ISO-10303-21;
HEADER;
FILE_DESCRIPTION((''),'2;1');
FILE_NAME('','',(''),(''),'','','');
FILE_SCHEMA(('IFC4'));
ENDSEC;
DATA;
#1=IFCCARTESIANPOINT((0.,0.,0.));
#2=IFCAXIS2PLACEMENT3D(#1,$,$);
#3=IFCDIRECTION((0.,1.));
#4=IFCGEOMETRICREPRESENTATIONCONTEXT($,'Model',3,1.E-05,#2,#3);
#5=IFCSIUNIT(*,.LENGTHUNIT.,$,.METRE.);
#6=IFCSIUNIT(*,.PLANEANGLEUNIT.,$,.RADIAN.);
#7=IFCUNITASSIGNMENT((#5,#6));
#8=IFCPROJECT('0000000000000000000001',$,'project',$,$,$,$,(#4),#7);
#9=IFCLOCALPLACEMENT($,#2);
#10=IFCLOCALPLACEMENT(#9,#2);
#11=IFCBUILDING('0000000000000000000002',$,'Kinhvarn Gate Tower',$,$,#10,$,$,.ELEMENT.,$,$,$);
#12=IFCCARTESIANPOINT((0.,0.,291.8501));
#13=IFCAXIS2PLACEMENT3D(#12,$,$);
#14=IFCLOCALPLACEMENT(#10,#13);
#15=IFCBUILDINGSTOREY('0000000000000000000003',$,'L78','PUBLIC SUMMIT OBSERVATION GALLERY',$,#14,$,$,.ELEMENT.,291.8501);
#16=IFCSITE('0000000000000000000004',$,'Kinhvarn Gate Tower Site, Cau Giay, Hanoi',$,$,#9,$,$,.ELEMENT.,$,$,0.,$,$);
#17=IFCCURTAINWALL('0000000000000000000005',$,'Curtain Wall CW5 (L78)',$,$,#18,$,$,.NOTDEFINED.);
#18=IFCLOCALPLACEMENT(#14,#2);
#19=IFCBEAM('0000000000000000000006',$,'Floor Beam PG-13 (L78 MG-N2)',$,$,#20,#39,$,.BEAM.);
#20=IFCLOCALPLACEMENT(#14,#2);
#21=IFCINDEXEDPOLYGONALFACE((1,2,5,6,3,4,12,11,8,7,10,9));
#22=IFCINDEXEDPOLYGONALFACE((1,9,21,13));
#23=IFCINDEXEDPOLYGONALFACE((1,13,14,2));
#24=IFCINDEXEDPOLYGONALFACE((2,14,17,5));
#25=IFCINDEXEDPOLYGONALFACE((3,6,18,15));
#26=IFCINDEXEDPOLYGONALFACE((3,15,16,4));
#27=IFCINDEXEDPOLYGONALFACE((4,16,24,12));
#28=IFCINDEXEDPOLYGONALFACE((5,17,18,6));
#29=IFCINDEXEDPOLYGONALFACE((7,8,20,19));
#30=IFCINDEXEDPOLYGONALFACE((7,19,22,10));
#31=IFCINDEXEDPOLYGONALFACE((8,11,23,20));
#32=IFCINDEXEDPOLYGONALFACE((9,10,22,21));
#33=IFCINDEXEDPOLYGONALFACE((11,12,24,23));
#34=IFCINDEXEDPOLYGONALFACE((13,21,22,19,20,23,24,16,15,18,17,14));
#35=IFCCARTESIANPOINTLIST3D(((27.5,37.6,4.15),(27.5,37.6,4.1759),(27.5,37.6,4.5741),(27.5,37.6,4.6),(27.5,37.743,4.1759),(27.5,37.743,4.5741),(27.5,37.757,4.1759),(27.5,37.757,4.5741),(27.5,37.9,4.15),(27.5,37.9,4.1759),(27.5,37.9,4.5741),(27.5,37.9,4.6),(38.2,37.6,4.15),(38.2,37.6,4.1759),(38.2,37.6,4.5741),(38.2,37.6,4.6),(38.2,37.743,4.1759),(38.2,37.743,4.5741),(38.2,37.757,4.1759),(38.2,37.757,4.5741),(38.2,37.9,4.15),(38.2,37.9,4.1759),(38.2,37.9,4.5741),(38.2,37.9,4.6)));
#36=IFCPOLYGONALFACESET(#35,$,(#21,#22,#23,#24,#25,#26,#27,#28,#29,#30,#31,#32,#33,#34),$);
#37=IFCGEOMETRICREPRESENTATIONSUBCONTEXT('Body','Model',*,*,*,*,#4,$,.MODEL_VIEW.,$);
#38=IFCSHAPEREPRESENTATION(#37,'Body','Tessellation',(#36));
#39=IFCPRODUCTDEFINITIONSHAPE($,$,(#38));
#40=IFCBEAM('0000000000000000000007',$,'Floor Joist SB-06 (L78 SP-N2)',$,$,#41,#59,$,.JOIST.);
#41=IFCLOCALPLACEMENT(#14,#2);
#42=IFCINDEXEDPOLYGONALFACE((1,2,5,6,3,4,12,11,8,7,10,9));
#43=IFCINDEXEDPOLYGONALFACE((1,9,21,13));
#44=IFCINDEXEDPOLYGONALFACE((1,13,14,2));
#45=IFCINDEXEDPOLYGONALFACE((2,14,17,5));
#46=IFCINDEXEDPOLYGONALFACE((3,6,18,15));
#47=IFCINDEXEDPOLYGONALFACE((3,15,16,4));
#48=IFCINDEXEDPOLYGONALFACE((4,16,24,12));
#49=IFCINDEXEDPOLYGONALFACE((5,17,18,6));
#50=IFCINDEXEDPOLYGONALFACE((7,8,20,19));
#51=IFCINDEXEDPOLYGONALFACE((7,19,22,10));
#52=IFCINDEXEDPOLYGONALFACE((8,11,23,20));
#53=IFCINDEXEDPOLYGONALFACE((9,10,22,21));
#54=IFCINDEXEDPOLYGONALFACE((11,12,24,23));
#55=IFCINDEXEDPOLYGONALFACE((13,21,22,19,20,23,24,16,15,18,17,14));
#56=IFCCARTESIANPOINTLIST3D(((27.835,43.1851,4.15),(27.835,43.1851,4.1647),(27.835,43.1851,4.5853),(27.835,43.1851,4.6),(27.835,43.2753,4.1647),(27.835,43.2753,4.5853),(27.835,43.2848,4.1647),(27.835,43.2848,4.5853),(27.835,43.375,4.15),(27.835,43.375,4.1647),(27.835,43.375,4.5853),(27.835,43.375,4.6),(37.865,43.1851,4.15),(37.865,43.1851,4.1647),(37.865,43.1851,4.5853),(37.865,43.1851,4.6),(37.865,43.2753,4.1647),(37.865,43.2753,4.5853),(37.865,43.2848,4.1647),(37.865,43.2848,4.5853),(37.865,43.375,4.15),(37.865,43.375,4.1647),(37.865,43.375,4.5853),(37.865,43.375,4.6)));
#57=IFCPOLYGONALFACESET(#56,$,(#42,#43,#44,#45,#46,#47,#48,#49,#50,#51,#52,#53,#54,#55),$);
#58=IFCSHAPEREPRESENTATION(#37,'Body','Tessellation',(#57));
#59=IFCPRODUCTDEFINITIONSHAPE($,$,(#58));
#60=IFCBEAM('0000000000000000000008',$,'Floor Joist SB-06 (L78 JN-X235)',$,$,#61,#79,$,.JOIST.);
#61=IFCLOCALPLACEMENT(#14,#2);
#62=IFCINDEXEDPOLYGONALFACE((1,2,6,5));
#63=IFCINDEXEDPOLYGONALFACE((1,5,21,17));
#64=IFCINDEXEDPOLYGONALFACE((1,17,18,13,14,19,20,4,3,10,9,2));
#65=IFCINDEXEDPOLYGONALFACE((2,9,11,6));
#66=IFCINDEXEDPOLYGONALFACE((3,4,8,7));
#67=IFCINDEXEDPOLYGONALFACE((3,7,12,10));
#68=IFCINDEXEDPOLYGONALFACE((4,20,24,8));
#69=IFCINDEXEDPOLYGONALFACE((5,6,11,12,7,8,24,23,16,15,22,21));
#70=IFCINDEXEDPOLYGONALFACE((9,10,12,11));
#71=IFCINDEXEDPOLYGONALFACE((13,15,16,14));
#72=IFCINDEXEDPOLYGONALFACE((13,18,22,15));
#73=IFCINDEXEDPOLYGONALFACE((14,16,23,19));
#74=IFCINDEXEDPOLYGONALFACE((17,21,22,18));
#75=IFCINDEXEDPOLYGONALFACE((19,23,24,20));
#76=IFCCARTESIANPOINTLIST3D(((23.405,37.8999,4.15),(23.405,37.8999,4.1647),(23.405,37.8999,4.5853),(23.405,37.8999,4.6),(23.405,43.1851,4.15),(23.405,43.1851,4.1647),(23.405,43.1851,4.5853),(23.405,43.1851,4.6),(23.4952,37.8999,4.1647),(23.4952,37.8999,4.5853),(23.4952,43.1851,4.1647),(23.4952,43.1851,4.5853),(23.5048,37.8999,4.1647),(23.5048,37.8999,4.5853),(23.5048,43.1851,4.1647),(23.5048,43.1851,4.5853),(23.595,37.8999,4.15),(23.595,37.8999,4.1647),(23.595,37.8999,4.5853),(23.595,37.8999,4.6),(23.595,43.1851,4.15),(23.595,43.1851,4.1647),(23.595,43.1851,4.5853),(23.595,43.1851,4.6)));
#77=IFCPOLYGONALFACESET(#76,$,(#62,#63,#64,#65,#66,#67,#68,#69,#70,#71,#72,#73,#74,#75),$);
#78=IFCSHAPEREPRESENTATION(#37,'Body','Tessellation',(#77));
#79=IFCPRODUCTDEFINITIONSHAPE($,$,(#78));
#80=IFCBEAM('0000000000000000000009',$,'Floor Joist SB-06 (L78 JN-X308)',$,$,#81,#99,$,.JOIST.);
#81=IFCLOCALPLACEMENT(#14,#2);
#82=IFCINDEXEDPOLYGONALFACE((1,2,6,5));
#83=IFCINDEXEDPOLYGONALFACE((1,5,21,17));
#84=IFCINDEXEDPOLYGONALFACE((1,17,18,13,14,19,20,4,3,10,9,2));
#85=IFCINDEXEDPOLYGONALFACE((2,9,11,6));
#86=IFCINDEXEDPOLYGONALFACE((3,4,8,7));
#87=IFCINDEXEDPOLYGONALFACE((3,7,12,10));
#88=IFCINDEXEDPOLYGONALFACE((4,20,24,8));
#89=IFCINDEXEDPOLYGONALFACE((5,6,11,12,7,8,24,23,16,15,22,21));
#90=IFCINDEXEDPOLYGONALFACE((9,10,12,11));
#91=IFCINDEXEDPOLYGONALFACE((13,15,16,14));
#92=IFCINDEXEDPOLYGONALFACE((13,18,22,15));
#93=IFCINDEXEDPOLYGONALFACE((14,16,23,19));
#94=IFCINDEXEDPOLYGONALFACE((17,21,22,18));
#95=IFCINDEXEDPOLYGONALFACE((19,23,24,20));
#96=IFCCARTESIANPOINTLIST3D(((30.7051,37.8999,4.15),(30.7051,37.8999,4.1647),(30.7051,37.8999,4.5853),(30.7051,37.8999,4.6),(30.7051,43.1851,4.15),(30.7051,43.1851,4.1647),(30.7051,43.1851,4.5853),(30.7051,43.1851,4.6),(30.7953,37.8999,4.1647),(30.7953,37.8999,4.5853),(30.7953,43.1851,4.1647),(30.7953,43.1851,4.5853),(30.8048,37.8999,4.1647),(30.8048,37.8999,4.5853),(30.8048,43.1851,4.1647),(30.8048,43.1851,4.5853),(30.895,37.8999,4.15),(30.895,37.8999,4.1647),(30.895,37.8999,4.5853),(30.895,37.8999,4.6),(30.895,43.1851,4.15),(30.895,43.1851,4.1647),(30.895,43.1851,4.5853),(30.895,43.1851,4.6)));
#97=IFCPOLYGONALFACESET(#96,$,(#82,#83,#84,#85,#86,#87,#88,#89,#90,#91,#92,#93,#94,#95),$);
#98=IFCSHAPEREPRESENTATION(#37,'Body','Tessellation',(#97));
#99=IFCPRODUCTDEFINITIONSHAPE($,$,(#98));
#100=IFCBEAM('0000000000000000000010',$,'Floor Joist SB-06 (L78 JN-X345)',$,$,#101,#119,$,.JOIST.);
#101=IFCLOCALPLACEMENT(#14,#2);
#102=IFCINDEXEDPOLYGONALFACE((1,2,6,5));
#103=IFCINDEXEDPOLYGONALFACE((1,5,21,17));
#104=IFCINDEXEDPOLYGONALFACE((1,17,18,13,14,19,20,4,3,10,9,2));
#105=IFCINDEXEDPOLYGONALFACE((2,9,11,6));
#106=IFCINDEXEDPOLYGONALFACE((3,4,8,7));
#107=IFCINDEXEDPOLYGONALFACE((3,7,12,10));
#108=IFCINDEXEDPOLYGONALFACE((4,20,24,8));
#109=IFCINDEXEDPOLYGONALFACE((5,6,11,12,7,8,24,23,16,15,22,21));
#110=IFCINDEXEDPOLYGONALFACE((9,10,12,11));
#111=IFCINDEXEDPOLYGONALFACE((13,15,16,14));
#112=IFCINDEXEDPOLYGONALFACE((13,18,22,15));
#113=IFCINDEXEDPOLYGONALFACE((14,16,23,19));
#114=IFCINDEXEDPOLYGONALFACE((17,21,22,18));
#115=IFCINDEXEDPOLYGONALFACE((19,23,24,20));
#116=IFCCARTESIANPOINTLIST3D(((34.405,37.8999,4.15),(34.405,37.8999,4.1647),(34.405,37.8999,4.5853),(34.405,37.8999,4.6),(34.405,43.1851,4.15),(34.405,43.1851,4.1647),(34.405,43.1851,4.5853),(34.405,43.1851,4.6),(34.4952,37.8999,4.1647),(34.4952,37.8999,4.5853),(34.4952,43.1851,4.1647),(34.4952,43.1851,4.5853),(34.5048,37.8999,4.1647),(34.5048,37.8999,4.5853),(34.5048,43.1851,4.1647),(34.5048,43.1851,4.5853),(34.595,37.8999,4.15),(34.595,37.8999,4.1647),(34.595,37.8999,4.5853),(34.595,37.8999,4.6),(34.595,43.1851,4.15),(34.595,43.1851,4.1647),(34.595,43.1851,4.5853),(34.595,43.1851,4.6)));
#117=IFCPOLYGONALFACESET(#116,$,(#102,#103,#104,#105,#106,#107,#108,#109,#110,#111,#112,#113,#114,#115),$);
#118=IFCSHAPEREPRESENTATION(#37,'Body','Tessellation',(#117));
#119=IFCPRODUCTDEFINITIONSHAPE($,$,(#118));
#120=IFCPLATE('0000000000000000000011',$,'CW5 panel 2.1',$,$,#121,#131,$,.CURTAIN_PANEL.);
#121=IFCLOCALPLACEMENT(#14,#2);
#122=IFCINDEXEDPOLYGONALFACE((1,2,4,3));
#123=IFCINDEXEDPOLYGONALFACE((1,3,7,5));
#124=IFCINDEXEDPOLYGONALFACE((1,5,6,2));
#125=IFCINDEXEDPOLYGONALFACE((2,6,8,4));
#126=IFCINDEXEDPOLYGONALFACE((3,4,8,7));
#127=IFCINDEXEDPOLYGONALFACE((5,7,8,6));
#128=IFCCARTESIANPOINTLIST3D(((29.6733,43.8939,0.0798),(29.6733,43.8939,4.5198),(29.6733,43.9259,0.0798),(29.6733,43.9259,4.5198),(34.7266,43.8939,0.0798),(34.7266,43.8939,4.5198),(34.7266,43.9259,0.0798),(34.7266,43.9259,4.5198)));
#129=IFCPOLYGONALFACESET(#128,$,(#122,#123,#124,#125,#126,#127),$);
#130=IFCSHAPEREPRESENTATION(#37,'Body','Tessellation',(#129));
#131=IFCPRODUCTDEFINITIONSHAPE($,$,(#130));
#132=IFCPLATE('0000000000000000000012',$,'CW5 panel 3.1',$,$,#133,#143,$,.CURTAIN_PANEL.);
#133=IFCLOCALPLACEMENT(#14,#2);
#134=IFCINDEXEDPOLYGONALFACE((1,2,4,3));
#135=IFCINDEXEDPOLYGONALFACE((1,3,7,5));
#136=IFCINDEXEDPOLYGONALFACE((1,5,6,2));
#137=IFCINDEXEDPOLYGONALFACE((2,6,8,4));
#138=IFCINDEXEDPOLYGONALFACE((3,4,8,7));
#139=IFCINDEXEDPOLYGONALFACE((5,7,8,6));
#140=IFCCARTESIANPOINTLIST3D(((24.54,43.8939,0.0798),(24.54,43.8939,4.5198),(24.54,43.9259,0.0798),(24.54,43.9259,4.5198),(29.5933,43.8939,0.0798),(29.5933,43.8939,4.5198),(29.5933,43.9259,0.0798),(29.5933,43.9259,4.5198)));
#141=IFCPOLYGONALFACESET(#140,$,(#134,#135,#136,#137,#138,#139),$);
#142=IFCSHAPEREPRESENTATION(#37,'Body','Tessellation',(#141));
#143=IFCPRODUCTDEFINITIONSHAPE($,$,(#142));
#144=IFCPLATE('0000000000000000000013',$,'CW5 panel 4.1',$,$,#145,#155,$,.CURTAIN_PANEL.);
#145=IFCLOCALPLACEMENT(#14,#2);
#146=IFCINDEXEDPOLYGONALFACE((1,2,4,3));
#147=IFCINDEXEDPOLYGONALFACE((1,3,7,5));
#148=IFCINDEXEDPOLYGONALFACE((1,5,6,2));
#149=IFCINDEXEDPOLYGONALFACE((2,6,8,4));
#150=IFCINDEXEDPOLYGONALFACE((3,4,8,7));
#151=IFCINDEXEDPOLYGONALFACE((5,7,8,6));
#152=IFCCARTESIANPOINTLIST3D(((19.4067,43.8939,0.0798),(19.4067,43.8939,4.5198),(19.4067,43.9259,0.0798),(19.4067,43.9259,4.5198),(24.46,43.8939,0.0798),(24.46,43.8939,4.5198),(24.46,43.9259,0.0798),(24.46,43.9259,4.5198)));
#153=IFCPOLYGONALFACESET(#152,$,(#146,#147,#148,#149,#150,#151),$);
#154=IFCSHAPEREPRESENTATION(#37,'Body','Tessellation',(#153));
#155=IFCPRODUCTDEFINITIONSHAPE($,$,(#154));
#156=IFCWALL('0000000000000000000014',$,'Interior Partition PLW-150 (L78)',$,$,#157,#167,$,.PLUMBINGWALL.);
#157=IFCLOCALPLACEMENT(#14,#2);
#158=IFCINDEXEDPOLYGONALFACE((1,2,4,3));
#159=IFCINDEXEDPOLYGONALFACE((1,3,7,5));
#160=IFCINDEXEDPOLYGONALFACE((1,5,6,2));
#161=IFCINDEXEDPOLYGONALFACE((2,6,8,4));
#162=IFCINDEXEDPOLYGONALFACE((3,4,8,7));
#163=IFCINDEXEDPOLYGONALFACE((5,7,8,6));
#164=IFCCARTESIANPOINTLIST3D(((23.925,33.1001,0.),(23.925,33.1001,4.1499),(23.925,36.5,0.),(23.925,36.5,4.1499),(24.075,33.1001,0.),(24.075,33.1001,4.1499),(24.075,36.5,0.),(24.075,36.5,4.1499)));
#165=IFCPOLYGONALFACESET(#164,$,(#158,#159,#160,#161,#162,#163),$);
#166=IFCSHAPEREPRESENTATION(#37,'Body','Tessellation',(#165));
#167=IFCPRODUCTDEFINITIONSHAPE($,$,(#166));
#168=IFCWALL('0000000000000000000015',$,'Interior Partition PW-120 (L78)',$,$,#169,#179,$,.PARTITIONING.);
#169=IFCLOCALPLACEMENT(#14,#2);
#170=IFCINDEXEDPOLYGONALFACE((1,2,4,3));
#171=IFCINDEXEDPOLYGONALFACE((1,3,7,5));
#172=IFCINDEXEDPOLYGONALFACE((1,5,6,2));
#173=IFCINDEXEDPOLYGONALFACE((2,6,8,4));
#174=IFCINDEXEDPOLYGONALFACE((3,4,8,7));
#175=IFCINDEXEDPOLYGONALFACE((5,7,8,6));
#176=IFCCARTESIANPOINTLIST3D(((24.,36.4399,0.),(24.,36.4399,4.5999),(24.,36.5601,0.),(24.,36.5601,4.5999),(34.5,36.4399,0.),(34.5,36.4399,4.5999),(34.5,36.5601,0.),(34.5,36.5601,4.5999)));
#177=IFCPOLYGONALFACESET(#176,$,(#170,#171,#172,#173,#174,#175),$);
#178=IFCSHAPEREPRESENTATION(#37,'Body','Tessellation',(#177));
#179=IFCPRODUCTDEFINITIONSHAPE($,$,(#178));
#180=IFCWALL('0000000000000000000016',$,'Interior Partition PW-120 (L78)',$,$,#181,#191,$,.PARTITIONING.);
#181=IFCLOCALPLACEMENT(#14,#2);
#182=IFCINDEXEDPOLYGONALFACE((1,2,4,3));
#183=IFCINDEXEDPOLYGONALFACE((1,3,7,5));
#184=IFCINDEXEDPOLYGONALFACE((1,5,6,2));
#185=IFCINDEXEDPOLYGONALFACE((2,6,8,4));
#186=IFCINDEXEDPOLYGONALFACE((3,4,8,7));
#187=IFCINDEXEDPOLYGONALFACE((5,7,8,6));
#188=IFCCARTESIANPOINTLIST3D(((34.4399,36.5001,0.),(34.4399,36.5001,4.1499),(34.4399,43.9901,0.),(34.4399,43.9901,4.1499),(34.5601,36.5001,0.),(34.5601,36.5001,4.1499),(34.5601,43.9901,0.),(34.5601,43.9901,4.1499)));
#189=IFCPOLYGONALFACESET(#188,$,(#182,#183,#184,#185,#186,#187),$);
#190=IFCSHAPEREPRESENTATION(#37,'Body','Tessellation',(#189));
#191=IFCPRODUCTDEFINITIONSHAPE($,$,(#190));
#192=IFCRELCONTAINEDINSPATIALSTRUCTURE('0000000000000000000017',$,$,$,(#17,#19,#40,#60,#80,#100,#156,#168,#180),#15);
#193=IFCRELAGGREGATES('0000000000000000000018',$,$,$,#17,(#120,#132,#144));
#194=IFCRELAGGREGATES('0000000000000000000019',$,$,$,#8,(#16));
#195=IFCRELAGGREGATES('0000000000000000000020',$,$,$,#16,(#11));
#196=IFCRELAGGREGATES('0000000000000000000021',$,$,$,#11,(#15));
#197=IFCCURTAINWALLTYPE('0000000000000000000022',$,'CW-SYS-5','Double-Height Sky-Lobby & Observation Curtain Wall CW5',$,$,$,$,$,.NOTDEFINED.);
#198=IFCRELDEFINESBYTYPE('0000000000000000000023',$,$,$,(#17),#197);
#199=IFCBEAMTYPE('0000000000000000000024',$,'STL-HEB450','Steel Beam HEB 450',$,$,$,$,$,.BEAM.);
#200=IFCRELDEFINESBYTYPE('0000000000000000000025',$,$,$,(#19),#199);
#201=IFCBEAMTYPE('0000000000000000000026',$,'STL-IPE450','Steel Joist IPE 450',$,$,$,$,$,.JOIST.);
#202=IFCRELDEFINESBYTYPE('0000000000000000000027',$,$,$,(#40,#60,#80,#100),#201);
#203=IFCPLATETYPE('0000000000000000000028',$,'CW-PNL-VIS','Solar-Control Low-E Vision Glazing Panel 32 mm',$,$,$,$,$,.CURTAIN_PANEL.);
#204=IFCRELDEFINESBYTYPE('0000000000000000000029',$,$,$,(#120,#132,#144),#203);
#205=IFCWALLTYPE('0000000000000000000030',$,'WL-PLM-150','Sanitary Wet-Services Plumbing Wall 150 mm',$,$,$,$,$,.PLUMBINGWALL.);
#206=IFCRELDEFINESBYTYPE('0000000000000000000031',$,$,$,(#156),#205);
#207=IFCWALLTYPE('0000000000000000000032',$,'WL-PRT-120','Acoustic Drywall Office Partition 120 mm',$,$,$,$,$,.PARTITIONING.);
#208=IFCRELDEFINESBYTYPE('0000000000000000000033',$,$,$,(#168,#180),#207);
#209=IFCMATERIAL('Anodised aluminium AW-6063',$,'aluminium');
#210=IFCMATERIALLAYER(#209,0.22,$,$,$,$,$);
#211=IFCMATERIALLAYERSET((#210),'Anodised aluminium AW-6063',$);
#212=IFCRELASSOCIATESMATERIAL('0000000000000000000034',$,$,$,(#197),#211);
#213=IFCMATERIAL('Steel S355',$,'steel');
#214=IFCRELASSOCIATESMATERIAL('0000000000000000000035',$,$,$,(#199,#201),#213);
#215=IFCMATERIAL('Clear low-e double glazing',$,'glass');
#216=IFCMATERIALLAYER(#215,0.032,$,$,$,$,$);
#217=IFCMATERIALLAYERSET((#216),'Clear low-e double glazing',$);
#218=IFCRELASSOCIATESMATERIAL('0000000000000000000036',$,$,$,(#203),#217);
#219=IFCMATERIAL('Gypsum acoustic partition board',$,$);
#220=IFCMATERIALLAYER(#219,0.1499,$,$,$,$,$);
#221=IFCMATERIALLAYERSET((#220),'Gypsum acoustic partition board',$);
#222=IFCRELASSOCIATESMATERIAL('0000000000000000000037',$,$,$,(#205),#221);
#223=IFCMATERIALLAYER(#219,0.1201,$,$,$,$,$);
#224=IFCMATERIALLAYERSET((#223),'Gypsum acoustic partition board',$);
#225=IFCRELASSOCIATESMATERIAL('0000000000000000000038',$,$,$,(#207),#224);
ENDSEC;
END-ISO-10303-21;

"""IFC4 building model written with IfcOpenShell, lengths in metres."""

from ifc_helpers import new_model, si_unit, direction, frame, frame_2d, origin, origin_2d, place, context, subcontext, project, spatial, rectangle, i_section, extrude, material, layer, layer_set, material_profile, profile_set, type_object, element, aggregate, save


model = new_model("IFC4")

# Units and contexts
model_context = context("Model", 3, precision=1e-05, world=origin(), true_north=direction((0.0, 1.0)))
body_context = subcontext(model_context, "Body", "Model", "MODEL_VIEW")
ifc_project = project(units=[si_unit("LENGTHUNIT", "METRE"), si_unit("PLANEANGLEUNIT", "RADIAN")], contexts=[model_context])

# Site, building, storey
site_placement = place(None, origin())
site = spatial("IfcSite", under=ifc_project, at=site_placement, Name="Kinhvarn Gate Tower Site, Cau Giay, Hanoi", CompositionType="ELEMENT", RefElevation=0.0)
building_placement = place(site_placement, origin())
building = spatial("IfcBuilding", under=site, at=building_placement, Name="Kinhvarn Gate Tower", CompositionType="ELEMENT")
storey_placement = place(building_placement, frame((0.0, 0.0, 291.8501)))
storey = spatial("IfcBuildingStorey", under=building, at=storey_placement, Name="L78", Description="PUBLIC SUMMIT OBSERVATION GALLERY", CompositionType="ELEMENT", Elevation=291.8501)

# Curtain wall
ifc_material_1 = material(Name="Anodised aluminium AW-6063", Category="aluminium")
ifc_layer_1 = layer(ifc_material_1, 0.22)
ifc_layer_set_1 = layer_set([ifc_layer_1], Name="Anodised aluminium AW-6063")
curtain_wall_type = type_object("IfcCurtainWallType", Name="CW-SYS-5", Description="Double-Height Sky-Lobby & Observation Curtain Wall CW5", PredefinedType="NOTDEFINED", material=ifc_layer_set_1)
curtain_wall_placement = place(storey_placement, origin())
curtain_wall = element("IfcCurtainWall", 1, at=curtain_wall_placement, inside=storey, type_object=curtain_wall_type, Name="Curtain Wall CW5 (L78)", PredefinedType="NOTDEFINED")

# Beams
ifc_material_2 = material(Name="Steel S355", Category="steel")
ifc_material_profile_1 = material_profile(ifc_material_2, i_section(OverallWidth=0.3, OverallDepth=0.45, WebThickness=0.0139, FlangeThickness=0.0259, at=origin_2d()), Name="HEB 450")
ifc_profile_set_1 = profile_set([ifc_material_profile_1], Name="Steel S355")
beam_type_1 = type_object("IfcBeamType", Name="STL-HEB450", Description="Steel Beam HEB 450", PredefinedType="BEAM", material=ifc_profile_set_1)
beam_1_placement = place(storey_placement, frame((27.5, 37.75, 4.375), z_axis=(1.0, 0.0, 0.0), x_axis=(0.0, 1.0, 0.0)))
element("IfcBeam", 2, at=beam_1_placement, inside=storey, type_object=beam_type_1, Name="Floor Beam PG-13 (L78 MG-N2)", PredefinedType="BEAM", context=body_context, shape_type="SweptSolid", body=[
    extrude(i_section(OverallWidth=0.3, OverallDepth=0.45, WebThickness=0.0139, FlangeThickness=0.0259, at=origin_2d()), origin(), (0.0, 0.0, 1.0), 10.7),
])
ifc_material_profile_2 = material_profile(ifc_material_2, i_section(OverallWidth=0.1899, OverallDepth=0.45, WebThickness=0.0095, FlangeThickness=0.0146, at=origin_2d()), Name="IPE 450")
ifc_profile_set_2 = profile_set([ifc_material_profile_2], Name="Steel S355")
beam_type_2 = type_object("IfcBeamType", Name="STL-IPE450", Description="Steel Joist IPE 450", PredefinedType="JOIST", material=ifc_profile_set_2)
beam_2_placement = place(storey_placement, frame((27.835, 43.28, 4.375), z_axis=(1.0, 0.0, 0.0), x_axis=(0.0, 1.0, 0.0)))
element("IfcBeam", 3, at=beam_2_placement, inside=storey, type_object=beam_type_2, Name="Floor Joist SB-06 (L78 SP-N2)", PredefinedType="JOIST", context=body_context, shape_type="SweptSolid", body=[
    extrude(i_section(OverallWidth=0.1899, OverallDepth=0.45, WebThickness=0.0095, FlangeThickness=0.0146, at=origin_2d()), origin(), (0.0, 0.0, 1.0), 10.03),
])
for number, where, z_axis, x_axis, name in (
    (4, (23.5, 37.8999, 4.375), (0.0, 1.0, 0.0), (-1.0, 0.0, 0.0), "Floor Joist SB-06 (L78 JN-X235)"),
    (5, (30.8, 37.8999, 4.375), (0.0, 1.0, 0.0), (-1.0, 0.0, 0.0), "Floor Joist SB-06 (L78 JN-X308)"),
    (6, (34.5, 37.8999, 4.375), (0.0, 1.0, 0.0), (-1.0, 0.0, 0.0), "Floor Joist SB-06 (L78 JN-X345)"),
):
    element("IfcBeam", number, at=place(storey_placement, frame(where, z_axis=z_axis, x_axis=x_axis)), inside=storey, type_object=beam_type_2, Name=name, PredefinedType="JOIST", context=body_context, shape_type="SweptSolid", body=[
        extrude(i_section(OverallWidth=0.1899, OverallDepth=0.45, WebThickness=0.0095, FlangeThickness=0.0146, at=origin_2d()), origin(), (0.0, 0.0, 1.0), 5.2852),
    ])

# Plates
ifc_material_3 = material(Name="Clear low-e double glazing", Category="glass")
ifc_layer_2 = layer(ifc_material_3, 0.032)
ifc_layer_set_2 = layer_set([ifc_layer_2], Name="Clear low-e double glazing")
plate_type = type_object("IfcPlateType", Name="CW-PNL-VIS", Description="Solar-Control Low-E Vision Glazing Panel 32 mm", PredefinedType="CURTAIN_PANEL", material=ifc_layer_set_2)
plate_1_placement = place(storey_placement, frame((32.2, 43.9099, 0.0798), z_axis=(0.0, 0.0, 1.0), x_axis=(-1.0, 0.0, 0.0)))
plate_1 = element("IfcPlate", 7, at=plate_1_placement, type_object=plate_type, Name="CW5 panel 2.1", PredefinedType="CURTAIN_PANEL", context=body_context, shape_type="SweptSolid", body=[
    extrude(rectangle(XDim=5.0532, YDim=0.032, at=origin_2d()), origin(), (0.0, 0.0, 1.0), 4.4399),
])
plate_2_placement = place(storey_placement, frame((27.0667, 43.9099, 0.0798), z_axis=(0.0, 0.0, 1.0), x_axis=(-1.0, 0.0, 0.0)))
plate_2 = element("IfcPlate", 8, at=plate_2_placement, type_object=plate_type, Name="CW5 panel 3.1", PredefinedType="CURTAIN_PANEL", context=body_context, shape_type="SweptSolid", body=[
    extrude(rectangle(XDim=5.0532, YDim=0.032, at=origin_2d()), origin(), (0.0, 0.0, 1.0), 4.4399),
])
plate_3_placement = place(storey_placement, frame((21.9333, 43.9099, 0.0798), z_axis=(0.0, 0.0, 1.0), x_axis=(-1.0, 0.0, 0.0)))
plate_3 = element("IfcPlate", 9, at=plate_3_placement, type_object=plate_type, Name="CW5 panel 4.1", PredefinedType="CURTAIN_PANEL", context=body_context, shape_type="SweptSolid", body=[
    extrude(rectangle(XDim=5.0532, YDim=0.032, at=origin_2d()), origin(), (0.0, 0.0, 1.0), 4.4399),
])
aggregate(curtain_wall, [plate_1, plate_2, plate_3])

# Walls
ifc_material_4 = material(Name="Gypsum acoustic partition board")
ifc_layer_3 = layer(ifc_material_4, 0.1499)
ifc_layer_set_3 = layer_set([ifc_layer_3], Name="Gypsum acoustic partition board")
wall_type_1 = type_object("IfcWallType", Name="WL-PLM-150", Description="Sanitary Wet-Services Plumbing Wall 150 mm", PredefinedType="PLUMBINGWALL", material=ifc_layer_set_3)
wall_1_placement = place(storey_placement, frame((24.0, 33.1001, 0.0), z_axis=(0.0, 0.0, 1.0), x_axis=(0.0, 1.0, 0.0)))
element("IfcWall", 10, at=wall_1_placement, inside=storey, type_object=wall_type_1, Name="Interior Partition PLW-150 (L78)", PredefinedType="PLUMBINGWALL", context=body_context, shape_type="SweptSolid", body=[
    extrude(rectangle(XDim=3.3999, YDim=0.1499, at=frame_2d((1.7, 0.0))), origin(), (0.0, 0.0, 1.0), 4.1499),
])
ifc_layer_4 = layer(ifc_material_4, 0.1201)
ifc_layer_set_4 = layer_set([ifc_layer_4], Name="Gypsum acoustic partition board")
wall_type_2 = type_object("IfcWallType", Name="WL-PRT-120", Description="Acoustic Drywall Office Partition 120 mm", PredefinedType="PARTITIONING", material=ifc_layer_set_4)
wall_2_placement = place(storey_placement, frame((24.0, 36.5, 0.0), z_axis=(0.0, 0.0, 1.0), x_axis=(1.0, 0.0, 0.0)))
element("IfcWall", 11, at=wall_2_placement, inside=storey, type_object=wall_type_2, Name="Interior Partition PW-120 (L78)", PredefinedType="PARTITIONING", context=body_context, shape_type="SweptSolid", body=[
    extrude(rectangle(XDim=10.5, YDim=0.1201, at=frame_2d((5.25, 0.0))), origin(), (0.0, 0.0, 1.0), 4.5999),
])
wall_3_placement = place(storey_placement, frame((34.5, 36.5, 0.0), z_axis=(0.0, 0.0, 1.0), x_axis=(0.0, 1.0, 0.0)))
element("IfcWall", 12, at=wall_3_placement, inside=storey, type_object=wall_type_2, Name="Interior Partition PW-120 (L78)", PredefinedType="PARTITIONING", context=body_context, shape_type="SweptSolid", body=[
    extrude(rectangle(XDim=7.49, YDim=0.1201, at=frame_2d((3.7451, 0.0))), origin(), (0.0, 0.0, 1.0), 4.1499),
])

save(model, "model.ifc")
